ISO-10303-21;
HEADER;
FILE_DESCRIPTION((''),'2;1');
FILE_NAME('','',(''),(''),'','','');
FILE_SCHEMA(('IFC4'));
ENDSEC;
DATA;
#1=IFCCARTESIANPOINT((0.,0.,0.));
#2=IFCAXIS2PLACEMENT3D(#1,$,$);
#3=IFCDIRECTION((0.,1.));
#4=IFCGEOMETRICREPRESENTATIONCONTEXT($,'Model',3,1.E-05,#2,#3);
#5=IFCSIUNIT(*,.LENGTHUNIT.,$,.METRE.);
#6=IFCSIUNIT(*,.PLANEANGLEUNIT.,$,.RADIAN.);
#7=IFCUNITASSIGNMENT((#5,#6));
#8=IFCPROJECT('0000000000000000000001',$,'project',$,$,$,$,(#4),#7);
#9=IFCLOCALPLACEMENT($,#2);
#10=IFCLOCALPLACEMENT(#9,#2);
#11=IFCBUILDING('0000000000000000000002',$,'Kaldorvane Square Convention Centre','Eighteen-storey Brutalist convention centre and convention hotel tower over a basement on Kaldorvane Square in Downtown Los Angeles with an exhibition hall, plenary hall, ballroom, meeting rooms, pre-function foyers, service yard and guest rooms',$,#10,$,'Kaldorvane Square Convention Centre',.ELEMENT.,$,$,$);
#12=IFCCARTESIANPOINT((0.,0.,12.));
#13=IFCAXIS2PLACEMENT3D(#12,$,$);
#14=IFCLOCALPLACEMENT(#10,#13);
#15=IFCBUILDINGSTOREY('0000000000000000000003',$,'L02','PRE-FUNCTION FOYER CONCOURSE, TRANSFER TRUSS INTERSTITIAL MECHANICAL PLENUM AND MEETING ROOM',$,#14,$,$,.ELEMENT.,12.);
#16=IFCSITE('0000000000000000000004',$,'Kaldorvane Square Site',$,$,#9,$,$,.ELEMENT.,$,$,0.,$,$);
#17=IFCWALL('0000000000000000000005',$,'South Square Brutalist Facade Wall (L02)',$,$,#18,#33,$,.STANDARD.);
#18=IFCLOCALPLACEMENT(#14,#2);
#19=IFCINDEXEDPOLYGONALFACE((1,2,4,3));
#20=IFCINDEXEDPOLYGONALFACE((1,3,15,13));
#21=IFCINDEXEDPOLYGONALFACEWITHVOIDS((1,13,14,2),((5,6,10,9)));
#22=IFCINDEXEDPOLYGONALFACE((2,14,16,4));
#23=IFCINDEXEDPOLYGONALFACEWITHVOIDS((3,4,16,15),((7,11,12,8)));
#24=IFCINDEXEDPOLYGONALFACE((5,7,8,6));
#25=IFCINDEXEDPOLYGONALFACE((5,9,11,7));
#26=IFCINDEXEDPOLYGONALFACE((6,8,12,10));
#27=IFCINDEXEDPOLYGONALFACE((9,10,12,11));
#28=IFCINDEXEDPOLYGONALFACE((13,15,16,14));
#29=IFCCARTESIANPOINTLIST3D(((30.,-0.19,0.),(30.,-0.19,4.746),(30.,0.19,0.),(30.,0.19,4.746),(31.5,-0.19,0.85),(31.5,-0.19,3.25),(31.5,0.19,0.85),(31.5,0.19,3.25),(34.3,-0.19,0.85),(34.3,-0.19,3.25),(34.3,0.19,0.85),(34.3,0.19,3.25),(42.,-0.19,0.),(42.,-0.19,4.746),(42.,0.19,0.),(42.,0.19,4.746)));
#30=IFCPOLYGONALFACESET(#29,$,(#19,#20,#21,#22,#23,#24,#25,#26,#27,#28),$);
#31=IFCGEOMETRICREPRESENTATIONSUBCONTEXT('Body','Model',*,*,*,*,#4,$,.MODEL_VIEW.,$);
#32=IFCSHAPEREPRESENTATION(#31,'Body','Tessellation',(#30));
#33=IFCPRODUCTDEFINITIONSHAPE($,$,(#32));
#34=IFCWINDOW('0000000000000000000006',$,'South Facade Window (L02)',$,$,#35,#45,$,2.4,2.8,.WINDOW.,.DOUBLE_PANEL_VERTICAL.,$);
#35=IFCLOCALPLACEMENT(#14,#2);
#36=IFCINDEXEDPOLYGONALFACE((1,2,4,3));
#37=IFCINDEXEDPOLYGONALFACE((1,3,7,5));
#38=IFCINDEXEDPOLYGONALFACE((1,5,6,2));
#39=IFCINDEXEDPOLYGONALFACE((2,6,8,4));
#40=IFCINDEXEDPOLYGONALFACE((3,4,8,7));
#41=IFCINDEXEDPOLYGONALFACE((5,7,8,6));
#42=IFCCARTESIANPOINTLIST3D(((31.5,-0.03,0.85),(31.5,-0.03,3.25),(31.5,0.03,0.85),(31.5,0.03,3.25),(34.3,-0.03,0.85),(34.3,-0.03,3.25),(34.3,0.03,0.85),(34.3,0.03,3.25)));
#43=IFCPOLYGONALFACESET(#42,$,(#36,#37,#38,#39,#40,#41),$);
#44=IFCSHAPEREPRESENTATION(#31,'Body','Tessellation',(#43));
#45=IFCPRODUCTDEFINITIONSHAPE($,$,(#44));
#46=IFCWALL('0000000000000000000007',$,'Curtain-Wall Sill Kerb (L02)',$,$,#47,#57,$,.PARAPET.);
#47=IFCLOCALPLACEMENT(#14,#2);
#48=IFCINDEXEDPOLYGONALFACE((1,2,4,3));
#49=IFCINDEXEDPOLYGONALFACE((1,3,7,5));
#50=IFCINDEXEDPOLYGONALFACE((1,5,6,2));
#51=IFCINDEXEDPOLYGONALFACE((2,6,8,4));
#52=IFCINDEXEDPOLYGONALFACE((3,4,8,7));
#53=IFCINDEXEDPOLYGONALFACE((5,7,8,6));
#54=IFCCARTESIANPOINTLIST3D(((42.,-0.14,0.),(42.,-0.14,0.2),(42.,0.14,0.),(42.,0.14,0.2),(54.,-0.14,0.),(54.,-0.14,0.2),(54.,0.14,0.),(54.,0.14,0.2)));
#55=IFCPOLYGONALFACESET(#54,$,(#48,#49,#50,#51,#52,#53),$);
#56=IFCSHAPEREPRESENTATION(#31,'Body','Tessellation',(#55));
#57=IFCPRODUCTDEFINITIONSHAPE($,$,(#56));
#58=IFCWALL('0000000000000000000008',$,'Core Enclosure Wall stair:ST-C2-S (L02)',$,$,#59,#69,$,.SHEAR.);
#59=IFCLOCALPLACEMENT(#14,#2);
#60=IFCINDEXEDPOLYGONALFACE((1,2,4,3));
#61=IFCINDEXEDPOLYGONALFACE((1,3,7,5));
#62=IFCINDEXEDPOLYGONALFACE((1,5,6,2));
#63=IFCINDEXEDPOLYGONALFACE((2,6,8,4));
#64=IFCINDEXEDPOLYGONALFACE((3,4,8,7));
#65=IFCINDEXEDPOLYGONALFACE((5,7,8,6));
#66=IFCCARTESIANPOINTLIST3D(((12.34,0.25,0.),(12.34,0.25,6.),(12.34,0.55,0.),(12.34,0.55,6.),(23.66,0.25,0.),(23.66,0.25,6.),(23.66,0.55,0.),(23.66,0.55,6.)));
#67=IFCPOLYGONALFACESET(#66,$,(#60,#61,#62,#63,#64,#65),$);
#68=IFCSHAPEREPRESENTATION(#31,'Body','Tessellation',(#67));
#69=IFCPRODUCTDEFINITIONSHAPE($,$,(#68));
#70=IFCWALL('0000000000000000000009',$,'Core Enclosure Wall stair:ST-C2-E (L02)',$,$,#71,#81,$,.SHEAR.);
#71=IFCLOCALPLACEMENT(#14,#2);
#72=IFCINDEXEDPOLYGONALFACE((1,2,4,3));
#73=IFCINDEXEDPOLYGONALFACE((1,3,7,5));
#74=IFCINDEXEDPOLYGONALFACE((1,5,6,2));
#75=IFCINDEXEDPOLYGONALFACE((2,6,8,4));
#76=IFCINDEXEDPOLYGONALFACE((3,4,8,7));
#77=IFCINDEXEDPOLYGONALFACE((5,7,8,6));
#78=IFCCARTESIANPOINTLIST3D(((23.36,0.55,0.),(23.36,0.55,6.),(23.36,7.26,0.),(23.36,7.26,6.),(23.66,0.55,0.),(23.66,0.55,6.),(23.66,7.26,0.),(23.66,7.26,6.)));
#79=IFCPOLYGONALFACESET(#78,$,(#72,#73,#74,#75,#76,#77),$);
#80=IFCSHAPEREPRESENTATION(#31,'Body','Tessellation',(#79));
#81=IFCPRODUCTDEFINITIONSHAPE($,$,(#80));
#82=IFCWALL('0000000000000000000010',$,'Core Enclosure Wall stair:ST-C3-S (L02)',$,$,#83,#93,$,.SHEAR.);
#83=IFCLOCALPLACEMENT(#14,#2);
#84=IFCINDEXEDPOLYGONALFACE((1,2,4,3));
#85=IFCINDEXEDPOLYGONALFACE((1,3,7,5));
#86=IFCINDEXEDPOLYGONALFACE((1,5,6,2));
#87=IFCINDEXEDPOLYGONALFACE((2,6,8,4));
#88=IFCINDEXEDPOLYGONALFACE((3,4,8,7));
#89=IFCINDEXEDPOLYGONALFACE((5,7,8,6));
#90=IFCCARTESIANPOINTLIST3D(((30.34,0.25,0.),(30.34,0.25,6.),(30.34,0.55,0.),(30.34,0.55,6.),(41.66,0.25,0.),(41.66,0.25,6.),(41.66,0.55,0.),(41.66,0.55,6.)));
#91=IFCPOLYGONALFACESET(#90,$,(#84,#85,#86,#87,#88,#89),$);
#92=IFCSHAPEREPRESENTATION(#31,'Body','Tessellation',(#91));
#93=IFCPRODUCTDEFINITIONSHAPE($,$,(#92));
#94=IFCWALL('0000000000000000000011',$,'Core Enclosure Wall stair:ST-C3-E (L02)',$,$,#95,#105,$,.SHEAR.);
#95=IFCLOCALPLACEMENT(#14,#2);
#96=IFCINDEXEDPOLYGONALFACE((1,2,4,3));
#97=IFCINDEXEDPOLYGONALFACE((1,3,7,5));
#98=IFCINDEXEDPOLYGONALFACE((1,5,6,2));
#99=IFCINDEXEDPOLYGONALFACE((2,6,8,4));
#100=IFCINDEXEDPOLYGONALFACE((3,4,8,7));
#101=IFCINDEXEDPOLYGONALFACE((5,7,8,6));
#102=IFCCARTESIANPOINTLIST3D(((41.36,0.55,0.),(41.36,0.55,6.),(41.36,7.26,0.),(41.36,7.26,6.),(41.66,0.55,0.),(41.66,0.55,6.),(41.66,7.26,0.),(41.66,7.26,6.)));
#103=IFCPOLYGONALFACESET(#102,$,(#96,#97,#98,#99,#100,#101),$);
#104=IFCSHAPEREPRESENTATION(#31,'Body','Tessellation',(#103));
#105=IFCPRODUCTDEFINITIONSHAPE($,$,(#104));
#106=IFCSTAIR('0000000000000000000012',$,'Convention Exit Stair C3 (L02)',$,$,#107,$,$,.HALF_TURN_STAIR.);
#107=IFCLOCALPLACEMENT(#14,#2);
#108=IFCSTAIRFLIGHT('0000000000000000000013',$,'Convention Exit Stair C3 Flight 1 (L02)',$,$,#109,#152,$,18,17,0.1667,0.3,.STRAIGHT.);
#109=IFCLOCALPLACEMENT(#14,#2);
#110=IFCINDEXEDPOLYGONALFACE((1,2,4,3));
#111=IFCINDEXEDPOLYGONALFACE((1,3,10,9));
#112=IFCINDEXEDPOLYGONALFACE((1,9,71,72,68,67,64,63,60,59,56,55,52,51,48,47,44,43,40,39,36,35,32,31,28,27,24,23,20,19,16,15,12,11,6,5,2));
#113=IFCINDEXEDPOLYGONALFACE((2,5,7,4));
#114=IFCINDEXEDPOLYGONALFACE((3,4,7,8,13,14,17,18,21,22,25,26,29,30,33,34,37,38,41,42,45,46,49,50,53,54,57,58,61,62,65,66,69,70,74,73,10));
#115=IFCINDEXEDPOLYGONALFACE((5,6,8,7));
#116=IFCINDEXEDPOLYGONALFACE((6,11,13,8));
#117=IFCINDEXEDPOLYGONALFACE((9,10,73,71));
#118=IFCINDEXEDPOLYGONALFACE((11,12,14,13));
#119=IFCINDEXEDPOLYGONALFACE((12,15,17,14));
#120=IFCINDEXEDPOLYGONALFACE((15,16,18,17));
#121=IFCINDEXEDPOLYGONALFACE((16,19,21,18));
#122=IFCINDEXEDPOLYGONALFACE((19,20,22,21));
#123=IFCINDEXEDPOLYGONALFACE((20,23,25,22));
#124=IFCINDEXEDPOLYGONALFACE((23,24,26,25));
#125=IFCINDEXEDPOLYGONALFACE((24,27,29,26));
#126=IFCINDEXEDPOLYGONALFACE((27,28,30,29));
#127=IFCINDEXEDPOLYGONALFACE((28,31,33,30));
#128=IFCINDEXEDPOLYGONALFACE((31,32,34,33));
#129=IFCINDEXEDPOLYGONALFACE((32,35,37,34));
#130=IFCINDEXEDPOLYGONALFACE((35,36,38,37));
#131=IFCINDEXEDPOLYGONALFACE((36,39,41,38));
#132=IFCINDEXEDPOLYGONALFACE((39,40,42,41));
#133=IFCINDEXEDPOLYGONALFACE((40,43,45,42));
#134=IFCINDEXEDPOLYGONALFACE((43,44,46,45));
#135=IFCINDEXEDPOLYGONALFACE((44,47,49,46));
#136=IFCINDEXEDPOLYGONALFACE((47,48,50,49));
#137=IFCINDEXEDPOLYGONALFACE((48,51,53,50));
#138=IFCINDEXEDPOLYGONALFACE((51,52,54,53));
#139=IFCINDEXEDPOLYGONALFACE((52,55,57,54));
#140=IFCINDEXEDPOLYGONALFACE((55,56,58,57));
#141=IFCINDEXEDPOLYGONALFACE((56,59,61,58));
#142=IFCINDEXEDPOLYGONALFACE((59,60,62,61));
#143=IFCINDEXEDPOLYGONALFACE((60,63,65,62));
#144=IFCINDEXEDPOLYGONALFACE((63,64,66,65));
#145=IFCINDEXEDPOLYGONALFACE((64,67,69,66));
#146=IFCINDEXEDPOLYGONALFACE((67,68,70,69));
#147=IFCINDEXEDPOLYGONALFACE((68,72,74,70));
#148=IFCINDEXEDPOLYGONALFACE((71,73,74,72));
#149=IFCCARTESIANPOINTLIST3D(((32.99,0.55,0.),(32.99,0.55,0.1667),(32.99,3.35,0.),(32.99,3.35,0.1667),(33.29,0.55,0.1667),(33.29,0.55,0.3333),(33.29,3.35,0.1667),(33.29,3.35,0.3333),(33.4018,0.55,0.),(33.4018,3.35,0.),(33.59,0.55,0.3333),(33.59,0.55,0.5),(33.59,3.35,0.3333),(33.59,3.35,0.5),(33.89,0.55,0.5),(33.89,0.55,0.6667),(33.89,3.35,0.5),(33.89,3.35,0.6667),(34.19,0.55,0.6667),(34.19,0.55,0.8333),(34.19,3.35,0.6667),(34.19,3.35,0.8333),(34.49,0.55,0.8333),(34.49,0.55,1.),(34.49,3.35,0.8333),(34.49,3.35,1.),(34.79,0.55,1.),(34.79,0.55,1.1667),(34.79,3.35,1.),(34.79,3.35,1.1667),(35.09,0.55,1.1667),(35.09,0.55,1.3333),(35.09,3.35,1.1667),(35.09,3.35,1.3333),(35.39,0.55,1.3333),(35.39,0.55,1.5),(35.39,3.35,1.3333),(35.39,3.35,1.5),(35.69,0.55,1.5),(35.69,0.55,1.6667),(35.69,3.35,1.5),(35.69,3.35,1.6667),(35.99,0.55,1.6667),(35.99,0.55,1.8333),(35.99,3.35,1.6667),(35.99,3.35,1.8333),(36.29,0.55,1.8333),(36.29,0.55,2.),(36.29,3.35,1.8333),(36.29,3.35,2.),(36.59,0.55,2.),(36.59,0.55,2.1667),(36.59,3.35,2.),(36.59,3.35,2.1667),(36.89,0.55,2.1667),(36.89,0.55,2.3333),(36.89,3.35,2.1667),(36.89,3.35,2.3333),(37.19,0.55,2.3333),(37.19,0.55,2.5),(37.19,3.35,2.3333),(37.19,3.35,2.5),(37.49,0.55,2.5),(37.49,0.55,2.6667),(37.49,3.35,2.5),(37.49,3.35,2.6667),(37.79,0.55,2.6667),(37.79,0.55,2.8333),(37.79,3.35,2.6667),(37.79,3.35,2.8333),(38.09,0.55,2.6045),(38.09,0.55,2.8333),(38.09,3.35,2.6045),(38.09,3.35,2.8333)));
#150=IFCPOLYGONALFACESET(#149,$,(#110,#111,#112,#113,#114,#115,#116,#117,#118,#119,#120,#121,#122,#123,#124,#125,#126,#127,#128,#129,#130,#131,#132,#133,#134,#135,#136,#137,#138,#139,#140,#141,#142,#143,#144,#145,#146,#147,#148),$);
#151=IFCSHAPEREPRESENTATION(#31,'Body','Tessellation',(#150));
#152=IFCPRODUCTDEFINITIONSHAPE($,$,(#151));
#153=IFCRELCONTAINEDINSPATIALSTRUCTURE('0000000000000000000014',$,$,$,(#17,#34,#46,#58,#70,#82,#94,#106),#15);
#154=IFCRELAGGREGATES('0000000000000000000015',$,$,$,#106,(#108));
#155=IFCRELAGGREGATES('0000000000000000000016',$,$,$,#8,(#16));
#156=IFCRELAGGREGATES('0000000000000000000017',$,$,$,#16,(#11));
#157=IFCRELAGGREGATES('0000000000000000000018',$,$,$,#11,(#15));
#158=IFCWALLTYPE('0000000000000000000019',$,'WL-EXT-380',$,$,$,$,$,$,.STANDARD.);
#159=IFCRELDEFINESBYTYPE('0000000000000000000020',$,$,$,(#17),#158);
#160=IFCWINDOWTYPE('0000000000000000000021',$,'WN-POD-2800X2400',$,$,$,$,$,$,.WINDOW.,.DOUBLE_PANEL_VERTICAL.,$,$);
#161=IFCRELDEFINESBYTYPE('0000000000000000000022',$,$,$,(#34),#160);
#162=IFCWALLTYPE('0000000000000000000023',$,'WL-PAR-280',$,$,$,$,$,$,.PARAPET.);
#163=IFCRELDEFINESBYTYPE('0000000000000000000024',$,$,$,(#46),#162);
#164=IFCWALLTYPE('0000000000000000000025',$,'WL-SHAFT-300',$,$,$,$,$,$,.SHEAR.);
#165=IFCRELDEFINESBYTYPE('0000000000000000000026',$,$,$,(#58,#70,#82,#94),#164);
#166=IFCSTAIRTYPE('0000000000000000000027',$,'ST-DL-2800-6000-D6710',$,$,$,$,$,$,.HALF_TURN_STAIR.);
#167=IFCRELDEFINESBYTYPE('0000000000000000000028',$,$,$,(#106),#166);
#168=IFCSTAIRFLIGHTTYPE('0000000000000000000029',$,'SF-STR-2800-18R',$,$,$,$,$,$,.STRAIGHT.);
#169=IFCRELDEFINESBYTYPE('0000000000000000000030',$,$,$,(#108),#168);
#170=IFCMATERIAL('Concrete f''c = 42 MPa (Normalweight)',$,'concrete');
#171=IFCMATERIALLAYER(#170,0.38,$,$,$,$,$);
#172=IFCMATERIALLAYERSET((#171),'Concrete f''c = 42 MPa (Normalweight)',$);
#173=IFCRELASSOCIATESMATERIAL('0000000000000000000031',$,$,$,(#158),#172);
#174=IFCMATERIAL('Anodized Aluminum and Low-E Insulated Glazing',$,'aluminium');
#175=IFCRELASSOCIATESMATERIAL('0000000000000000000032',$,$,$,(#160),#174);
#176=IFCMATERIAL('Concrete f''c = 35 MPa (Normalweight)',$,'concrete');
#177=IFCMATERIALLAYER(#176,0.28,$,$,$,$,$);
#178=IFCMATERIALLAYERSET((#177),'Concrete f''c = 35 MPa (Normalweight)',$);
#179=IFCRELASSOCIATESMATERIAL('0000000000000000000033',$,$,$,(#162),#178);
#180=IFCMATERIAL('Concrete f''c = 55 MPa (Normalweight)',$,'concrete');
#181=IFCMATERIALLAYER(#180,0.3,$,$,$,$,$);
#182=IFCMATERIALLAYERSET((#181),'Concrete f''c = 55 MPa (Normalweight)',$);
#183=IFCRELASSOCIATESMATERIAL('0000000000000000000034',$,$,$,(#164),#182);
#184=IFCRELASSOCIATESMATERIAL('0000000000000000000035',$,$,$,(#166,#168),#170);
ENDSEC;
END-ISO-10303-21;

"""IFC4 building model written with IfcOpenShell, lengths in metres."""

from ifc_helpers import new_model, si_unit, direction, frame, frame_2d, origin, place, context, subcontext, project, spatial, polyline, rectangle, outline, extrude, material, layer, layer_set, type_object, element, fill, aggregate, save


model = new_model("IFC4")

# Units and contexts
model_context = context("Model", 3, precision=1e-05, world=origin(), true_north=direction((0.0, 1.0)))
body_context = subcontext(model_context, "Body", "Model", "MODEL_VIEW")
ifc_project = project(units=[si_unit("LENGTHUNIT", "METRE"), si_unit("PLANEANGLEUNIT", "RADIAN")], contexts=[model_context])

# Site, building, storey
site_placement = place(None, origin())
site = spatial("IfcSite", under=ifc_project, at=site_placement, Name="Kaldorvane Square Site", CompositionType="ELEMENT", RefElevation=0.0)
building_placement = place(site_placement, origin())
building = spatial("IfcBuilding", under=site, at=building_placement, Name="Kaldorvane Square Convention Centre", Description="Eighteen-storey Brutalist convention centre and convention hotel tower over a basement on Kaldorvane Square in Downtown Los Angeles with an exhibition hall, plenary hall, ballroom, meeting rooms, pre-function foyers, service yard and guest rooms", LongName="Kaldorvane Square Convention Centre", CompositionType="ELEMENT")
storey_placement = place(building_placement, frame((0.0, 0.0, 12.0)))
storey = spatial("IfcBuildingStorey", under=building, at=storey_placement, Name="L02", Description="PRE-FUNCTION FOYER CONCOURSE, TRANSFER TRUSS INTERSTITIAL MECHANICAL PLENUM AND MEETING ROOM", CompositionType="ELEMENT", Elevation=12.0)

# Shared definitions
ifc_material_1 = material(Name="Concrete f'c = 55 MPa (Normalweight)", Category="concrete")

# Shared definitions
ifc_material_2 = material(Name="Concrete f'c = 42 MPa (Normalweight)", Category="concrete")

# Shared definitions
ifc_material_3 = material(Name="Anodized Aluminum and Low-E Insulated Glazing", Category="aluminium")

# Shared definitions
ifc_layer_1 = layer(ifc_material_2, 0.38)
ifc_layer_set_1 = layer_set([ifc_layer_1], Name="Concrete f'c = 42 MPa (Normalweight)")
wall_type_1 = type_object("IfcWallType", Name="WL-EXT-380", PredefinedType="STANDARD", material=ifc_layer_set_1)

# Wall, opening, window
wall_1_placement = place(storey_placement, frame((30.0, 0.0, 0.0), z_axis=(0.0, 0.0, 1.0), x_axis=(1.0, 0.0, 0.0)))
wall_1 = element("IfcWall", 1, at=wall_1_placement, inside=storey, type_object=wall_type_1, Name="South Square Brutalist Facade Wall (L02)", PredefinedType="STANDARD", context=body_context, shape_type="SweptSolid", body=[
    extrude(rectangle(XDim=12.0, YDim=0.38, at=frame_2d((6.0, 0.0))), origin(), (0.0, 0.0, 1.0), 4.746),
])
opening_placement = place(wall_1_placement, frame((1.5, 0.0, 0.85)))
opening = element("IfcOpeningElement", 2, at=opening_placement, cuts=wall_1, PredefinedType="OPENING", context=body_context, shape_type="SweptSolid", body=[
    extrude(rectangle(XDim=2.8, YDim=2.4, at=frame_2d((1.4, 1.2))), frame((0.0, 0.205, 0.0), z_axis=(0.0, -1.0, 0.0), x_axis=(1.0, 0.0, 0.0)), (0.0, 0.0, 1.0), 0.41),
])
window_type = type_object("IfcWindowType", Name="WN-POD-2800X2400", PartitioningType="DOUBLE_PANEL_VERTICAL", PredefinedType="WINDOW", material=ifc_material_3)
window_placement = place(opening_placement, origin())
window = element("IfcWindow", 3, at=window_placement, inside=storey, type_object=window_type, Name="South Facade Window (L02)", OverallHeight=2.4, OverallWidth=2.8, PartitioningType="DOUBLE_PANEL_VERTICAL", PredefinedType="WINDOW", context=body_context, shape_type="SweptSolid", body=[
    extrude(rectangle(XDim=2.8, YDim=2.4, at=frame_2d((1.4, 1.2))), frame((0.0, 0.03, 0.0), z_axis=(0.0, -1.0, 0.0), x_axis=(1.0, 0.0, 0.0)), (0.0, 0.0, 1.0), 0.06),
])
fill(opening, window)

# Walls
ifc_material_4 = material(Name="Concrete f'c = 35 MPa (Normalweight)", Category="concrete")
ifc_layer_2 = layer(ifc_material_4, 0.28)
ifc_layer_set_2 = layer_set([ifc_layer_2], Name="Concrete f'c = 35 MPa (Normalweight)")
wall_type_2 = type_object("IfcWallType", Name="WL-PAR-280", PredefinedType="PARAPET", material=ifc_layer_set_2)
wall_2_placement = place(storey_placement, frame((42.0, 0.0, 0.0), z_axis=(0.0, 0.0, 1.0), x_axis=(1.0, 0.0, 0.0)))
element("IfcWall", 4, at=wall_2_placement, inside=storey, type_object=wall_type_2, Name="Curtain-Wall Sill Kerb (L02)", PredefinedType="PARAPET", context=body_context, shape_type="SweptSolid", body=[
    extrude(rectangle(XDim=12.0, YDim=0.28, at=frame_2d((6.0, 0.0))), origin(), (0.0, 0.0, 1.0), 0.2),
])
ifc_layer_3 = layer(ifc_material_1, 0.3)
ifc_layer_set_3 = layer_set([ifc_layer_3], Name="Concrete f'c = 55 MPa (Normalweight)")
wall_type_3 = type_object("IfcWallType", Name="WL-SHAFT-300", PredefinedType="SHEAR", material=ifc_layer_set_3)
wall_3_placement = place(storey_placement, frame((23.66, 0.4, 0.0), z_axis=(0.0, 0.0, 1.0), x_axis=(-1.0, 0.0, 0.0)))
element("IfcWall", 5, at=wall_3_placement, inside=storey, type_object=wall_type_3, Name="Core Enclosure Wall stair:ST-C2-S (L02)", PredefinedType="SHEAR", context=body_context, shape_type="SweptSolid", body=[
    extrude(rectangle(XDim=11.32, YDim=0.3, at=frame_2d((5.66, 0.0))), origin(), (0.0, 0.0, 1.0), 6.0),
])
wall_4_placement = place(storey_placement, frame((23.51, 0.55, 0.0), z_axis=(0.0, 0.0, 1.0), x_axis=(0.0, 1.0, 0.0)))
element("IfcWall", 6, at=wall_4_placement, inside=storey, type_object=wall_type_3, Name="Core Enclosure Wall stair:ST-C2-E (L02)", PredefinedType="SHEAR", context=body_context, shape_type="SweptSolid", body=[
    extrude(rectangle(XDim=6.71, YDim=0.3, at=frame_2d((3.355, 0.0))), origin(), (0.0, 0.0, 1.0), 6.0),
])
wall_5_placement = place(storey_placement, frame((41.66, 0.4, 0.0), z_axis=(0.0, 0.0, 1.0), x_axis=(-1.0, 0.0, 0.0)))
element("IfcWall", 7, at=wall_5_placement, inside=storey, type_object=wall_type_3, Name="Core Enclosure Wall stair:ST-C3-S (L02)", PredefinedType="SHEAR", context=body_context, shape_type="SweptSolid", body=[
    extrude(rectangle(XDim=11.32, YDim=0.3, at=frame_2d((5.66, 0.0))), origin(), (0.0, 0.0, 1.0), 6.0),
])
wall_6_placement = place(storey_placement, frame((41.51, 0.55, 0.0), z_axis=(0.0, 0.0, 1.0), x_axis=(0.0, 1.0, 0.0)))
element("IfcWall", 8, at=wall_6_placement, inside=storey, type_object=wall_type_3, Name="Core Enclosure Wall stair:ST-C3-E (L02)", PredefinedType="SHEAR", context=body_context, shape_type="SweptSolid", body=[
    extrude(rectangle(XDim=6.71, YDim=0.3, at=frame_2d((3.355, 0.0))), origin(), (0.0, 0.0, 1.0), 6.0),
])

# Stair, stair flight
stair_type = type_object("IfcStairType", Name="ST-DL-2800-6000-D6710", PredefinedType="HALF_TURN_STAIR", material=ifc_material_2)
stair_placement = place(storey_placement, origin())
stair = element("IfcStair", 9, at=stair_placement, inside=storey, type_object=stair_type, Name="Convention Exit Stair C3 (L02)", PredefinedType="HALF_TURN_STAIR")
stair_flight_type = type_object("IfcStairFlightType", Name="SF-STR-2800-18R", PredefinedType="STRAIGHT", material=ifc_material_2)
stair_flight_placement = place(storey_placement, frame((32.99, 1.95, 0.0), z_axis=(0.0, 0.0, 1.0), x_axis=(1.0, 0.0, 0.0)))
stair_flight = element("IfcStairFlight", 10, at=stair_flight_placement, type_object=stair_flight_type, Name="Convention Exit Stair C3 Flight 1 (L02)", NumberOfRisers=18, NumberOfTreads=17, PredefinedType="STRAIGHT", RiserHeight=0.1667, TreadLength=0.3, context=body_context, shape_type="SweptSolid", body=[
    extrude(outline(polyline([(0.0, 0.0), (0.0, 0.1667), (0.3, 0.1667), (0.3, 0.3333), (0.6, 0.3333), (0.6, 0.5), (0.9, 0.5), (0.9, 0.6667), (1.2, 0.6667), (1.2, 0.8333), (1.5, 0.8333), (1.5, 1.0), (1.8, 1.0), (1.8, 1.1667), (2.1, 1.1667), (2.1, 1.3333), (2.4, 1.3333), (2.4, 1.5), (2.7, 1.5), (2.7, 1.6667), (3.0, 1.6667), (3.0, 1.8333), (3.3, 1.8333), (3.3, 2.0), (3.6, 2.0), (3.6, 2.1667), (3.9, 2.1667), (3.9, 2.3333), (4.2, 2.3333), (4.2, 2.5), (4.5, 2.5), (4.5, 2.6667), (4.8, 2.6667), (4.8, 2.8333), (5.1, 2.8333), (5.1, 3.0), (5.1, 2.6045), (0.4118, 0.0), (0.0, 0.0)])), frame((0.0, 1.4, 0.0), z_axis=(0.0, -1.0, 0.0), x_axis=(1.0, 0.0, 0.0)), (0.0, 0.0, 1.0), 2.8),
])
aggregate(stair, [stair_flight])

save(model, "model.ifc")
